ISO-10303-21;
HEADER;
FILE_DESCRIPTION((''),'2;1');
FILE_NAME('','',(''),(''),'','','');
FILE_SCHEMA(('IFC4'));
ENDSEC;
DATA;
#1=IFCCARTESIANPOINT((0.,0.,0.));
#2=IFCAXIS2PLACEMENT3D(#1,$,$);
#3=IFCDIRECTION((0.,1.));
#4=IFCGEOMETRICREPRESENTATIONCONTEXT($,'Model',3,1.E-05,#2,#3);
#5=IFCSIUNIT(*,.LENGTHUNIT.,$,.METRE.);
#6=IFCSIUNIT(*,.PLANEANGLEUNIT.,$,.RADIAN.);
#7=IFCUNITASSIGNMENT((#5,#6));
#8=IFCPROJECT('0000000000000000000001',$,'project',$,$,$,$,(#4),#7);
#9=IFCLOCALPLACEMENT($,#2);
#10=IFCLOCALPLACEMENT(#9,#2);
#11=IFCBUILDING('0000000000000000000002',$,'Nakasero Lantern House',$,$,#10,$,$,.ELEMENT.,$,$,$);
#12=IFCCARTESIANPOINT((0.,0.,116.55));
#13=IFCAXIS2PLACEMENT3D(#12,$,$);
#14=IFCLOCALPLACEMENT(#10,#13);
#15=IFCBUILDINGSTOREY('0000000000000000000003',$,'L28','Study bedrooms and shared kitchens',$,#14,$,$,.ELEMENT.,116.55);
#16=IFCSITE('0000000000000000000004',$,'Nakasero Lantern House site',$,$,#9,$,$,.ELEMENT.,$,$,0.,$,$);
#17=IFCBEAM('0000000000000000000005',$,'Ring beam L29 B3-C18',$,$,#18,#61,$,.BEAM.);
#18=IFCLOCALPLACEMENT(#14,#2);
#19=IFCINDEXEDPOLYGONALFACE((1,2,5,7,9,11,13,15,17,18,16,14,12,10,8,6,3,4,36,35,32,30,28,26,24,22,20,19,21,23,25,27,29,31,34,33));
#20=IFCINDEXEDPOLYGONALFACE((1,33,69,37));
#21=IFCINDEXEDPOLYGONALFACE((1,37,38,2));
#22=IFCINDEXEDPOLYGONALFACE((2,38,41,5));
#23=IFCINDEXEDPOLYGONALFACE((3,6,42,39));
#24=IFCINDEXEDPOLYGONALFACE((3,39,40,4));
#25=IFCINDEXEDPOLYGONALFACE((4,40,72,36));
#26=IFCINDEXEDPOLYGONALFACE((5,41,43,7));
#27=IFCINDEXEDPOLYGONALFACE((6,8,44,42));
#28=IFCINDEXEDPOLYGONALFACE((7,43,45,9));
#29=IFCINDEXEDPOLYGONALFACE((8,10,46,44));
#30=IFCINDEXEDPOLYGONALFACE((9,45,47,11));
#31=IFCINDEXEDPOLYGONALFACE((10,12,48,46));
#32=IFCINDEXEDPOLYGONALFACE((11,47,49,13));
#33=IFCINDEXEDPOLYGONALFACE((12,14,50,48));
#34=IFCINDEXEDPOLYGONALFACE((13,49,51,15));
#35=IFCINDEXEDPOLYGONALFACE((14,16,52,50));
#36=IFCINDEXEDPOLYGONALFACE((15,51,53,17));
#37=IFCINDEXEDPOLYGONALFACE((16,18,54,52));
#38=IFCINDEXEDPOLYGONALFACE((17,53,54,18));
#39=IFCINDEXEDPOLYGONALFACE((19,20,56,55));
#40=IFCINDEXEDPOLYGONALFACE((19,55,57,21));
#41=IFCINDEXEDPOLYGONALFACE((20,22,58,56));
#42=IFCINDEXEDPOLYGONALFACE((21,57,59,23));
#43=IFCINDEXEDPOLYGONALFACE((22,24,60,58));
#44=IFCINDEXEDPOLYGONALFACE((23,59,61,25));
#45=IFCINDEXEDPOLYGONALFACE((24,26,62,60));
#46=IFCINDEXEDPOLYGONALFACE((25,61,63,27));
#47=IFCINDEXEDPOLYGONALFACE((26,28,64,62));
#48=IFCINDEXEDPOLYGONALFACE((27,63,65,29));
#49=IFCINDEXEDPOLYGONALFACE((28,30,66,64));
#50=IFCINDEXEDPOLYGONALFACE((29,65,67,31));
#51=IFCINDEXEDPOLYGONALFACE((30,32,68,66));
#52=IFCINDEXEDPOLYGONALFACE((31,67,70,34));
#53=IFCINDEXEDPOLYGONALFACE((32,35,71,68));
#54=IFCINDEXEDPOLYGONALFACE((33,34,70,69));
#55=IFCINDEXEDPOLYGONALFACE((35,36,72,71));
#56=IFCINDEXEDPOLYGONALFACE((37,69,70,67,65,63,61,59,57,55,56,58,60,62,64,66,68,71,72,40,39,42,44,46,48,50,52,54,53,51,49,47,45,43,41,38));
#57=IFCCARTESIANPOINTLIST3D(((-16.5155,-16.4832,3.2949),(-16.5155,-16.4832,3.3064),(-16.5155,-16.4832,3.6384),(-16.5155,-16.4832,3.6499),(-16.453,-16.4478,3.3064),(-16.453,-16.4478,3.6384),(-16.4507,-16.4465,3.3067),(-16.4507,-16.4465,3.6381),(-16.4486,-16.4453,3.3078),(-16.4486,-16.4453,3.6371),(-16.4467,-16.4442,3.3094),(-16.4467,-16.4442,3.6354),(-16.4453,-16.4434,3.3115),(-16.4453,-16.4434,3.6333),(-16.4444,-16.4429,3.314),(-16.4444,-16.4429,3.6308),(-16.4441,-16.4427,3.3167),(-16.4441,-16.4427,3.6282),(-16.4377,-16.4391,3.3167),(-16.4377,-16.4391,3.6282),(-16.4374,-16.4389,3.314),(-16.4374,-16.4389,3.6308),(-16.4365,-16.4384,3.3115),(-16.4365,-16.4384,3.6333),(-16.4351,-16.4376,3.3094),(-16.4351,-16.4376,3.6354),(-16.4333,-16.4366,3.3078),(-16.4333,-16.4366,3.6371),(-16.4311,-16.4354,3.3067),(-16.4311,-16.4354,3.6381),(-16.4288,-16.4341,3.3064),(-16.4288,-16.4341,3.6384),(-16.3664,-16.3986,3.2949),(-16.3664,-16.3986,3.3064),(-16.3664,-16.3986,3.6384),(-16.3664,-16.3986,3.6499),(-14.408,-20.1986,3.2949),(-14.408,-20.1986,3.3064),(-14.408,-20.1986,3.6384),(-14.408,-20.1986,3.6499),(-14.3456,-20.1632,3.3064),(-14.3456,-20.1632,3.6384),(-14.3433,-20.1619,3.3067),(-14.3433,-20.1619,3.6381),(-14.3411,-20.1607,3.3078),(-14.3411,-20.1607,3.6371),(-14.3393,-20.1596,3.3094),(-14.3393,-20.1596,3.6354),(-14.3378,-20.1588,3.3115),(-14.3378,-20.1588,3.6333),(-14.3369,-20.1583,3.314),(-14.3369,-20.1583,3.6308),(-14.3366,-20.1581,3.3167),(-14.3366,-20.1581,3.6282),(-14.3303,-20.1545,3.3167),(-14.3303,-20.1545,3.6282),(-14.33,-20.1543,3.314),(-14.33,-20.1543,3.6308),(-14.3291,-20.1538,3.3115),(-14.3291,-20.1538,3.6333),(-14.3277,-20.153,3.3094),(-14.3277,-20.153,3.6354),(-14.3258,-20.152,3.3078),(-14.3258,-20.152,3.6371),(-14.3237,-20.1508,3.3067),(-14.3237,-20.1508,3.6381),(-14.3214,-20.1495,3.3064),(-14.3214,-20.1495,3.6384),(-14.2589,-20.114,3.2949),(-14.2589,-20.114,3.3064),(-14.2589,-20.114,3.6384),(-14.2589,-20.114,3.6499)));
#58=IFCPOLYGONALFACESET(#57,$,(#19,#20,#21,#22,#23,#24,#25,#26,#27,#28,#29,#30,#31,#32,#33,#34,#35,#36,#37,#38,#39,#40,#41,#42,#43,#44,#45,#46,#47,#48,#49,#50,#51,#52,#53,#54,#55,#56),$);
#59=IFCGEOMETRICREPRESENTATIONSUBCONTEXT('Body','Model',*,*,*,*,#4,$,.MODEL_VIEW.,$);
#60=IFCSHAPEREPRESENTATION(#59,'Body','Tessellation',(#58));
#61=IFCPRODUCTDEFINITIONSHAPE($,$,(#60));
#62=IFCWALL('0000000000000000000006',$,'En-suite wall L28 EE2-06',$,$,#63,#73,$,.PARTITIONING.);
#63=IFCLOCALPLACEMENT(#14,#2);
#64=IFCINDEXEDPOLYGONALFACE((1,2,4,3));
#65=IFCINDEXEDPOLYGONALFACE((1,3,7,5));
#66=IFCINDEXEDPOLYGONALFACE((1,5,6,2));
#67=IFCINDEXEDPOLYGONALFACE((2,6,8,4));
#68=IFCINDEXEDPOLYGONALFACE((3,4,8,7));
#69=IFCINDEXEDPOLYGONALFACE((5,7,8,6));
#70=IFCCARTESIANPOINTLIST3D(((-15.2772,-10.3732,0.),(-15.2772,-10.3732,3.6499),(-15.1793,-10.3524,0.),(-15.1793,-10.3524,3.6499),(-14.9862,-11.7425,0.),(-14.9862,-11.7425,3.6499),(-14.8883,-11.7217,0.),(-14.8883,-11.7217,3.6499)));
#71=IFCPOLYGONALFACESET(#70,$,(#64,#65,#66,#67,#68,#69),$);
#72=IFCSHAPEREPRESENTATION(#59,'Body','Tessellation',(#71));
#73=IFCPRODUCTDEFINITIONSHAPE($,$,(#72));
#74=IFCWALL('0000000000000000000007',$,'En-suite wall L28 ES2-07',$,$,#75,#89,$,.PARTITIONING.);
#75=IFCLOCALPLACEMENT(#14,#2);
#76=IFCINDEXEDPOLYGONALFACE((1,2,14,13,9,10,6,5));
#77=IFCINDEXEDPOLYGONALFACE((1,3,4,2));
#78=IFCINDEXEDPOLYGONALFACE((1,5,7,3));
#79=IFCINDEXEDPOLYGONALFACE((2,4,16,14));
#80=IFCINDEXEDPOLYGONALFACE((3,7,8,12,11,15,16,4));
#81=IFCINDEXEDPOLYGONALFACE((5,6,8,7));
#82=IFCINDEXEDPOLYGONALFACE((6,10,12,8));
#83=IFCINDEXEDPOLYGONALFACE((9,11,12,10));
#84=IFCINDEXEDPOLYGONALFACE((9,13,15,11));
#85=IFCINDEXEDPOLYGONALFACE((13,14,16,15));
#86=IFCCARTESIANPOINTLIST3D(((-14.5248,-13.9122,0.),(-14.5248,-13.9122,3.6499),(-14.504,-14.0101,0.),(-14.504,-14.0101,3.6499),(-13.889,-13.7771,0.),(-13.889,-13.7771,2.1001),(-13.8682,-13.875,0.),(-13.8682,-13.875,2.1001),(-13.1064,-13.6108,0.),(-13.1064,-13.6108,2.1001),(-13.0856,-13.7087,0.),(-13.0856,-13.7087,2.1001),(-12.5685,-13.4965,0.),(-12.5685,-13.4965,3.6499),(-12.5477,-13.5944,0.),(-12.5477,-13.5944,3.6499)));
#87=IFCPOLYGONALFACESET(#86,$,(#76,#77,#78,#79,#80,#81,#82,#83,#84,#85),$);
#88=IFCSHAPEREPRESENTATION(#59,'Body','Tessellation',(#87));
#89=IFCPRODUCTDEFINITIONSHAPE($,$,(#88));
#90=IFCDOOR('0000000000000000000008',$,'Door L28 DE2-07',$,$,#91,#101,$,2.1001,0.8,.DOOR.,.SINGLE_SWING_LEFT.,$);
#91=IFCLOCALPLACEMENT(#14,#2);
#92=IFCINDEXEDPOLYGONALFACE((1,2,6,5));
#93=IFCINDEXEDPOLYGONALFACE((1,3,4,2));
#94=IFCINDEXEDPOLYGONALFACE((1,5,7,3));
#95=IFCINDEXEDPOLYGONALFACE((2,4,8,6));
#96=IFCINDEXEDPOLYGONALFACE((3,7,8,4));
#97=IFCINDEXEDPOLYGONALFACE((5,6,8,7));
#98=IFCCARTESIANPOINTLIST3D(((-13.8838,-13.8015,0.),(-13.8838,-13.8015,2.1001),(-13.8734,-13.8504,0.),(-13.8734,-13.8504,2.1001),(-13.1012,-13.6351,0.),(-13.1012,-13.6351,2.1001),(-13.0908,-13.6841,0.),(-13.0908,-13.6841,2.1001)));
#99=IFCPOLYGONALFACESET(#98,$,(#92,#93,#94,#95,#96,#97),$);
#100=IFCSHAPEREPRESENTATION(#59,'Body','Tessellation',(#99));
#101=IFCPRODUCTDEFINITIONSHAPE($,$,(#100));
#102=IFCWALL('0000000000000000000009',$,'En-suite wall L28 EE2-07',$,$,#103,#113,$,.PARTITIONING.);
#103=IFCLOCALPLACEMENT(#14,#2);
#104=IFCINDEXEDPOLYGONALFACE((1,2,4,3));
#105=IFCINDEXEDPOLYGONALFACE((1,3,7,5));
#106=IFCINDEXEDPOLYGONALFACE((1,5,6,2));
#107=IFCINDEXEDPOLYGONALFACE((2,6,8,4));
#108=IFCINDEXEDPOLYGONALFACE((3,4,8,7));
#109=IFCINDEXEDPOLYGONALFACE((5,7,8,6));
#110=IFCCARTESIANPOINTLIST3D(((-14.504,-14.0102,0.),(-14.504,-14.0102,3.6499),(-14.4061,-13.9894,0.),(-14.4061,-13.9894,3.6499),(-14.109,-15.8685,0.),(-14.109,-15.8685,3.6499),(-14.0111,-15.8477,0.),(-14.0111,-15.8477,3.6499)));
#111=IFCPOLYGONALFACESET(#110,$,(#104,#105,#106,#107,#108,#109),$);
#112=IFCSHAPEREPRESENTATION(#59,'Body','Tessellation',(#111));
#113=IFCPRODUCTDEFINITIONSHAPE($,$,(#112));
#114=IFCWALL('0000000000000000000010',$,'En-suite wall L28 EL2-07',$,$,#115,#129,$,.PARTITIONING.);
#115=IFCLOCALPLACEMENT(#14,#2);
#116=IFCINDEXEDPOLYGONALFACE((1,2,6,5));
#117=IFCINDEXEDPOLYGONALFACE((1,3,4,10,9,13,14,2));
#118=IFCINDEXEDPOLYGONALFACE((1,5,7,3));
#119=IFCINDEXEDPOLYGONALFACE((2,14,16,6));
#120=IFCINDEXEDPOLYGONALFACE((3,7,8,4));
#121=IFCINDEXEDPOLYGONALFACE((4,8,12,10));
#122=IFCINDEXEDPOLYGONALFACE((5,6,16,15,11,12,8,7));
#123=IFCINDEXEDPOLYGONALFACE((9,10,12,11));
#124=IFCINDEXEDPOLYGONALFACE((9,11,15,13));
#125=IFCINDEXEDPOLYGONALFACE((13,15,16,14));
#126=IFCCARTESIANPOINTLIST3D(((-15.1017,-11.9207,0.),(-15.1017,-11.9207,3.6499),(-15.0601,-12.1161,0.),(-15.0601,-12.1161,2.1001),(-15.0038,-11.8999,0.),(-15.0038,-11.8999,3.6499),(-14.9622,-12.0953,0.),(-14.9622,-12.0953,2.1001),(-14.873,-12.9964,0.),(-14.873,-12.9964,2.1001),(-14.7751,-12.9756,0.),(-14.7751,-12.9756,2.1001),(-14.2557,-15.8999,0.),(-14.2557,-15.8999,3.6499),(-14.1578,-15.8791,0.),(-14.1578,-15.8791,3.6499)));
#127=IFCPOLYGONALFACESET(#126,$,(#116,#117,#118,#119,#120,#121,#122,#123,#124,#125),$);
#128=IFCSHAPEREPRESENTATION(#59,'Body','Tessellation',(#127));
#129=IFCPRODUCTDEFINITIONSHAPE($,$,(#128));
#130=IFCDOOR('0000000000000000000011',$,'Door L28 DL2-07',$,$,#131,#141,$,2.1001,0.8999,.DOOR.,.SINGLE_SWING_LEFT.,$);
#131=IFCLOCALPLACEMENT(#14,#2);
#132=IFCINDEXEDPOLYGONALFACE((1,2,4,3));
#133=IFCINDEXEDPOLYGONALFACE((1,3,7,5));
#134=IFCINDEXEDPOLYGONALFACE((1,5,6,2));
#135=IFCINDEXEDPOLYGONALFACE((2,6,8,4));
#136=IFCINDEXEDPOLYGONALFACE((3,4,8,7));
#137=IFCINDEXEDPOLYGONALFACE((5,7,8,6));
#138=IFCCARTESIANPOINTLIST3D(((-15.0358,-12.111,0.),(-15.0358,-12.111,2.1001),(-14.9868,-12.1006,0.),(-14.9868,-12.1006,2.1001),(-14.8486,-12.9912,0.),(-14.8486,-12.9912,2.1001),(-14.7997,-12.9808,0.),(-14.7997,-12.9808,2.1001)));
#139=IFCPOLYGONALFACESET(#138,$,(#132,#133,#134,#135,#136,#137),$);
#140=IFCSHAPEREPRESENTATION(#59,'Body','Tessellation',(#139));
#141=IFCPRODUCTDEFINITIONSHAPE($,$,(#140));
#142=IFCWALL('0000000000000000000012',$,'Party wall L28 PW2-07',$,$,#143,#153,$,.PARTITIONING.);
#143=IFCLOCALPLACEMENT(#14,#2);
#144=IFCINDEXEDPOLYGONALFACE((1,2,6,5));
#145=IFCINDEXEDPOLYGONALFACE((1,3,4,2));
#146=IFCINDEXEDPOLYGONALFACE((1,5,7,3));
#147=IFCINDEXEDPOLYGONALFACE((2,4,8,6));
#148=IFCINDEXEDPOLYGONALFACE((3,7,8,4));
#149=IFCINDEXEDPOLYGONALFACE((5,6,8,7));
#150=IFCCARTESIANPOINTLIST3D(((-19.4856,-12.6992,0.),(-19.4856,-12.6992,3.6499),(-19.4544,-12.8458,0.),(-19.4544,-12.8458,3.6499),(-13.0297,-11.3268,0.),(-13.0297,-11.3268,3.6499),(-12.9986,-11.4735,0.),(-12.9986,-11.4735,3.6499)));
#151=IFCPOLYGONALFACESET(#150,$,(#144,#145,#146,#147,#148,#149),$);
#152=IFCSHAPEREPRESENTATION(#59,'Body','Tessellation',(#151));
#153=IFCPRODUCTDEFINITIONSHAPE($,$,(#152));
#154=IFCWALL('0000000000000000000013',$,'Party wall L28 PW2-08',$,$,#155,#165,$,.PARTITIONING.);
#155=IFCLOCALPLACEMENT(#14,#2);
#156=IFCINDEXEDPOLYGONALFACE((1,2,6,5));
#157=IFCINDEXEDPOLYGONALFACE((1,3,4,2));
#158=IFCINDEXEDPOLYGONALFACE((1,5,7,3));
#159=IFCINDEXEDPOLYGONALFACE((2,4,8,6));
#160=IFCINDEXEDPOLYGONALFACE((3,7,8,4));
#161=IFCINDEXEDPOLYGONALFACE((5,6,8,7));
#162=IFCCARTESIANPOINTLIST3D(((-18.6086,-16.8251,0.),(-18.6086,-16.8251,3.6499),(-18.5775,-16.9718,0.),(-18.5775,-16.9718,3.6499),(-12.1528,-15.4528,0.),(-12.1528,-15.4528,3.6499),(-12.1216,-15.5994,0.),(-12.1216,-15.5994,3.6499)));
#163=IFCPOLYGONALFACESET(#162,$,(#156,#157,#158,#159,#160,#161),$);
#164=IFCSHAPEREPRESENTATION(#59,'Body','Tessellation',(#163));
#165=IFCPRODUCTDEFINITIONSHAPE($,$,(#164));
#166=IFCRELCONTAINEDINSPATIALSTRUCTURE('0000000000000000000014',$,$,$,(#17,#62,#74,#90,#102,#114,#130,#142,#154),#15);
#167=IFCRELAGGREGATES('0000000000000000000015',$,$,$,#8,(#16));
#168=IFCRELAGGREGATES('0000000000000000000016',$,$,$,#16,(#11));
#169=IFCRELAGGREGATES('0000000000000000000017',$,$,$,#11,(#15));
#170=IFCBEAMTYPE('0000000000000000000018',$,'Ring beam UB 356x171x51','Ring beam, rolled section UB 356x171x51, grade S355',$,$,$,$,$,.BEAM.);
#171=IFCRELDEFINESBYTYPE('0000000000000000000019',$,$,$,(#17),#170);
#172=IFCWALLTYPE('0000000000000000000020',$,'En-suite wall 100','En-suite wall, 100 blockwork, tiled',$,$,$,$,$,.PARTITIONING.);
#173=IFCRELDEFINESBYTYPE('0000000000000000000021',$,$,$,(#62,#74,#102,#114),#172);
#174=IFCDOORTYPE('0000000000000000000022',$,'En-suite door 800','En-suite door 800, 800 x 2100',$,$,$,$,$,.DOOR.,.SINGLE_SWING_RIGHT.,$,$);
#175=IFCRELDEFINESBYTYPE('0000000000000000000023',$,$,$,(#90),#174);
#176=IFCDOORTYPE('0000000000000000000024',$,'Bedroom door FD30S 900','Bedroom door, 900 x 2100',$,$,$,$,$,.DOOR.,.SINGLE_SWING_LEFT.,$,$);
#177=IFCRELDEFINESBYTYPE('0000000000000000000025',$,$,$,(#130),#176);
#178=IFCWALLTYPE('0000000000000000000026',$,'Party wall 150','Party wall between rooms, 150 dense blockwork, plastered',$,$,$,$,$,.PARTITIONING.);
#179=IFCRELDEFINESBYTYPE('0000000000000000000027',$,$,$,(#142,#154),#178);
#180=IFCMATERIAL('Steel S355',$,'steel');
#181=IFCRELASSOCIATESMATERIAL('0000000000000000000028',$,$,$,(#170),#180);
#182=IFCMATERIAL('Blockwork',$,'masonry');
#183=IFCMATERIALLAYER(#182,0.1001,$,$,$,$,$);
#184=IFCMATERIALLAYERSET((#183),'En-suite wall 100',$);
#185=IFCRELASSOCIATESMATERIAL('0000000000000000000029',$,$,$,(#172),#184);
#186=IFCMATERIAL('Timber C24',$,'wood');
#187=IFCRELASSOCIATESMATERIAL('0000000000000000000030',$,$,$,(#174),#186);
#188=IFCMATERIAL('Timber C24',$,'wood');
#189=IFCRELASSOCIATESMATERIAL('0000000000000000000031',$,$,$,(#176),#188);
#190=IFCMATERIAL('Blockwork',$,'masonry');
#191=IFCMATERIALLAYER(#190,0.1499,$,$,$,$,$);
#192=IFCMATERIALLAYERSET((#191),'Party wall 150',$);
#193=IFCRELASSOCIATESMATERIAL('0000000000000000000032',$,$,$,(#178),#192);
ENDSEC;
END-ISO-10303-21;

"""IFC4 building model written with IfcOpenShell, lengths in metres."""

from ifc_helpers import new_model, si_unit, direction, frame, frame_2d, origin, origin_2d, place, context, subcontext, project, spatial, rectangle, i_section, extrude, material, layer, layer_set, material_profile, profile_set, type_object, element, fill, save


model = new_model("IFC4")

# Units and contexts
model_context = context("Model", 3, precision=1e-05, world=origin(), true_north=direction((0.0, 1.0)))
body_context = subcontext(model_context, "Body", "Model", "MODEL_VIEW")
ifc_project = project(units=[si_unit("LENGTHUNIT", "METRE"), si_unit("PLANEANGLEUNIT", "RADIAN")], contexts=[model_context])

# Site, building, storey
site_placement = place(None, origin())
site = spatial("IfcSite", under=ifc_project, at=site_placement, Name="Nakasero Lantern House site", CompositionType="ELEMENT", RefElevation=0.0)
building_placement = place(site_placement, origin())
building = spatial("IfcBuilding", under=site, at=building_placement, Name="Nakasero Lantern House", CompositionType="ELEMENT")
storey_placement = place(building_placement, frame((0.0, 0.0, 116.55)))
storey = spatial("IfcBuildingStorey", under=building, at=storey_placement, Name="L28", Description="Study bedrooms and shared kitchens", CompositionType="ELEMENT", Elevation=116.55)

# Beam
ifc_material_1 = material(Name="Steel S355", Category="steel")
ifc_material_profile_1 = material_profile(ifc_material_1, i_section(OverallWidth=0.1714, OverallDepth=0.355, WebThickness=0.0073, FlangeThickness=0.0115, FilletRadius=0.0103, at=origin_2d()), Name="UB 356x171x51")
ifc_profile_set_1 = profile_set([ifc_material_profile_1], Name="Steel S355")
beam_type_1 = type_object("IfcBeamType", Name="Ring beam UB 356x171x51", Description="Ring beam, rolled section UB 356x171x51, grade S355", PredefinedType="BEAM", material=ifc_profile_set_1)
beam_1_placement = place(storey_placement, frame((-16.4409, -16.4409, 3.4724), z_axis=(0.493379, -0.869815, 0.0), x_axis=(0.869815, 0.493379, 0.0)))
element("IfcBeam", 1, at=beam_1_placement, inside=storey, type_object=beam_type_1, Name="Ring beam L29 B3-C18", PredefinedType="BEAM", context=body_context, shape_type="SweptSolid", body=[
    extrude(i_section(OverallWidth=0.1714, OverallDepth=0.355, WebThickness=0.0073, FlangeThickness=0.0115, FilletRadius=0.0103, at=origin_2d()), origin(), (0.0, 0.0, 1.0), 4.2715),
])

# Wall
ifc_material_2 = material(Name="Blockwork", Category="masonry")
ifc_layer_1 = layer(ifc_material_2, 0.1001)
ifc_layer_set_1 = layer_set([ifc_layer_1], Name="En-suite wall 100")
wall_type_1 = type_object("IfcWallType", Name="En-suite wall 100", Description="En-suite wall, 100 blockwork, tiled", PredefinedType="PARTITIONING", material=ifc_layer_set_1)
wall_1_placement = place(storey_placement, frame((-15.2283, -10.3628, 0.0), z_axis=(0.0, 0.0, 1.0), x_axis=(0.207873, -0.978156, 0.0)))
element("IfcWall", 2, at=wall_1_placement, inside=storey, type_object=wall_type_1, Name="En-suite wall L28 EE2-06", PredefinedType="PARTITIONING", context=body_context, shape_type="SweptSolid", body=[
    extrude(rectangle(XDim=1.3999, YDim=0.1001, at=frame_2d((0.7, 0.0))), origin(), (0.0, 0.0, 1.0), 3.6499),
])

# Wall, opening, door
wall_2_placement = place(storey_placement, frame((-12.5581, -13.5454, 0.0), z_axis=(0.0, 0.0, 1.0), x_axis=(-0.978153, -0.207886, 0.0)))
wall_2 = element("IfcWall", 3, at=wall_2_placement, inside=storey, type_object=wall_type_1, Name="En-suite wall L28 ES2-07", PredefinedType="PARTITIONING", context=body_context, shape_type="SweptSolid", body=[
    extrude(rectangle(XDim=2.0, YDim=0.1001, at=frame_2d((1.0, 0.0))), origin(), (0.0, 0.0, 1.0), 3.6499),
])
opening_1_placement = place(wall_2_placement, frame((0.55, 0.0, 0.0)))
opening_1 = element("IfcOpeningElement", 4, at=opening_1_placement, cuts=wall_2, PredefinedType="OPENING", context=body_context, shape_type="SweptSolid", body=[
    extrude(rectangle(XDim=0.8, YDim=2.1001, at=frame_2d((0.3999, 1.05))), frame((0.0, 0.0701, 0.0), z_axis=(0.0, -1.0, 0.0), x_axis=(1.0, 0.0, 0.0)), (0.0, 0.0, 1.0), 0.1401),
])
ifc_material_3 = material(Name="Timber C24", Category="wood")
door_type_1 = type_object("IfcDoorType", Name="En-suite door 800", Description="En-suite door 800, 800 x 2100", OperationType="SINGLE_SWING_RIGHT", PredefinedType="DOOR", material=ifc_material_3)
door_1_placement = place(opening_1_placement, origin())
door_1 = element("IfcDoor", 5, at=door_1_placement, inside=storey, type_object=door_type_1, Name="Door L28 DE2-07", OperationType="SINGLE_SWING_LEFT", OverallHeight=2.1001, OverallWidth=0.8, PredefinedType="DOOR", context=body_context, shape_type="SweptSolid", body=[
    extrude(rectangle(XDim=0.8, YDim=2.1001, at=frame_2d((0.3999, 1.05))), frame((0.0, 0.0249, 0.0), z_axis=(0.0, -1.0, 0.0), x_axis=(1.0, 0.0, 0.0)), (0.0, 0.0, 1.0), 0.05),
])
fill(opening_1, door_1)

# Wall
wall_3_placement = place(storey_placement, frame((-14.4551, -13.9998, 0.0), z_axis=(0.0, 0.0, 1.0), x_axis=(0.207914, -0.978147, 0.0)))
element("IfcWall", 6, at=wall_3_placement, inside=storey, type_object=wall_type_1, Name="En-suite wall L28 EE2-07", PredefinedType="PARTITIONING", context=body_context, shape_type="SweptSolid", body=[
    extrude(rectangle(XDim=1.8999, YDim=0.1001, at=frame_2d((0.95, 0.0))), origin(), (0.0, 0.0, 1.0), 3.6499),
])

# Wall, opening, door
wall_4_placement = place(storey_placement, frame((-15.0527, -11.9102, 0.0), z_axis=(0.0, 0.0, 1.0), x_axis=(0.207943, -0.978141, 0.0)))
wall_4 = element("IfcWall", 7, at=wall_4_placement, inside=storey, type_object=wall_type_1, Name="En-suite wall L28 EL2-07", PredefinedType="PARTITIONING", context=body_context, shape_type="SweptSolid", body=[
    extrude(rectangle(XDim=4.0681, YDim=0.1001, at=frame_2d((2.0342, 0.0))), origin(), (0.0, 0.0, 1.0), 3.6499),
])
opening_2_placement = place(wall_4_placement, frame((0.2, 0.0, 0.0)))
opening_2 = element("IfcOpeningElement", 8, at=opening_2_placement, cuts=wall_4, PredefinedType="OPENING", context=body_context, shape_type="SweptSolid", body=[
    extrude(rectangle(XDim=0.8999, YDim=2.1001, at=frame_2d((0.45, 1.05))), frame((0.0, 0.0701, 0.0), z_axis=(0.0, -1.0, 0.0), x_axis=(1.0, 0.0, 0.0)), (0.0, 0.0, 1.0), 0.1401),
])
ifc_material_4 = material(Name="Timber C24", Category="wood")
door_type_2 = type_object("IfcDoorType", Name="Bedroom door FD30S 900", Description="Bedroom door, 900 x 2100", OperationType="SINGLE_SWING_LEFT", PredefinedType="DOOR", material=ifc_material_4)
door_2_placement = place(opening_2_placement, origin())
door_2 = element("IfcDoor", 9, at=door_2_placement, inside=storey, type_object=door_type_2, Name="Door L28 DL2-07", OperationType="SINGLE_SWING_LEFT", OverallHeight=2.1001, OverallWidth=0.8999, PredefinedType="DOOR", context=body_context, shape_type="SweptSolid", body=[
    extrude(rectangle(XDim=0.8999, YDim=2.1001, at=frame_2d((0.45, 1.05))), frame((0.0, 0.0249, 0.0), z_axis=(0.0, -1.0, 0.0), x_axis=(1.0, 0.0, 0.0)), (0.0, 0.0, 1.0), 0.05),
])
fill(opening_2, door_2)

# Walls
ifc_material_5 = material(Name="Blockwork", Category="masonry")
ifc_layer_2 = layer(ifc_material_5, 0.1499)
ifc_layer_set_2 = layer_set([ifc_layer_2], Name="Party wall 150")
wall_type_2 = type_object("IfcWallType", Name="Party wall 150", Description="Party wall between rooms, 150 dense blockwork, plastered", PredefinedType="PARTITIONING", material=ifc_layer_set_2)
for number, where, z_axis, x_axis, name in (
    (10, (-13.0142, -11.4001, 0.0), (0.0, 0.0, 1.0), (-0.978145, -0.207925, 0.0), "Party wall L28 PW2-07"),
    (11, (-12.1372, -15.5261, 0.0), (0.0, 0.0, 1.0), (-0.978145, -0.207925, 0.0), "Party wall L28 PW2-08"),
):
    element("IfcWall", number, at=place(storey_placement, frame(where, z_axis=z_axis, x_axis=x_axis)), inside=storey, type_object=wall_type_2, Name=name, PredefinedType="PARTITIONING", context=body_context, shape_type="SweptSolid", body=[
        extrude(rectangle(XDim=6.6001, YDim=0.1499, at=frame_2d((3.3, 0.0))), origin(), (0.0, 0.0, 1.0), 3.6499),
    ])

save(model, "model.ifc")
